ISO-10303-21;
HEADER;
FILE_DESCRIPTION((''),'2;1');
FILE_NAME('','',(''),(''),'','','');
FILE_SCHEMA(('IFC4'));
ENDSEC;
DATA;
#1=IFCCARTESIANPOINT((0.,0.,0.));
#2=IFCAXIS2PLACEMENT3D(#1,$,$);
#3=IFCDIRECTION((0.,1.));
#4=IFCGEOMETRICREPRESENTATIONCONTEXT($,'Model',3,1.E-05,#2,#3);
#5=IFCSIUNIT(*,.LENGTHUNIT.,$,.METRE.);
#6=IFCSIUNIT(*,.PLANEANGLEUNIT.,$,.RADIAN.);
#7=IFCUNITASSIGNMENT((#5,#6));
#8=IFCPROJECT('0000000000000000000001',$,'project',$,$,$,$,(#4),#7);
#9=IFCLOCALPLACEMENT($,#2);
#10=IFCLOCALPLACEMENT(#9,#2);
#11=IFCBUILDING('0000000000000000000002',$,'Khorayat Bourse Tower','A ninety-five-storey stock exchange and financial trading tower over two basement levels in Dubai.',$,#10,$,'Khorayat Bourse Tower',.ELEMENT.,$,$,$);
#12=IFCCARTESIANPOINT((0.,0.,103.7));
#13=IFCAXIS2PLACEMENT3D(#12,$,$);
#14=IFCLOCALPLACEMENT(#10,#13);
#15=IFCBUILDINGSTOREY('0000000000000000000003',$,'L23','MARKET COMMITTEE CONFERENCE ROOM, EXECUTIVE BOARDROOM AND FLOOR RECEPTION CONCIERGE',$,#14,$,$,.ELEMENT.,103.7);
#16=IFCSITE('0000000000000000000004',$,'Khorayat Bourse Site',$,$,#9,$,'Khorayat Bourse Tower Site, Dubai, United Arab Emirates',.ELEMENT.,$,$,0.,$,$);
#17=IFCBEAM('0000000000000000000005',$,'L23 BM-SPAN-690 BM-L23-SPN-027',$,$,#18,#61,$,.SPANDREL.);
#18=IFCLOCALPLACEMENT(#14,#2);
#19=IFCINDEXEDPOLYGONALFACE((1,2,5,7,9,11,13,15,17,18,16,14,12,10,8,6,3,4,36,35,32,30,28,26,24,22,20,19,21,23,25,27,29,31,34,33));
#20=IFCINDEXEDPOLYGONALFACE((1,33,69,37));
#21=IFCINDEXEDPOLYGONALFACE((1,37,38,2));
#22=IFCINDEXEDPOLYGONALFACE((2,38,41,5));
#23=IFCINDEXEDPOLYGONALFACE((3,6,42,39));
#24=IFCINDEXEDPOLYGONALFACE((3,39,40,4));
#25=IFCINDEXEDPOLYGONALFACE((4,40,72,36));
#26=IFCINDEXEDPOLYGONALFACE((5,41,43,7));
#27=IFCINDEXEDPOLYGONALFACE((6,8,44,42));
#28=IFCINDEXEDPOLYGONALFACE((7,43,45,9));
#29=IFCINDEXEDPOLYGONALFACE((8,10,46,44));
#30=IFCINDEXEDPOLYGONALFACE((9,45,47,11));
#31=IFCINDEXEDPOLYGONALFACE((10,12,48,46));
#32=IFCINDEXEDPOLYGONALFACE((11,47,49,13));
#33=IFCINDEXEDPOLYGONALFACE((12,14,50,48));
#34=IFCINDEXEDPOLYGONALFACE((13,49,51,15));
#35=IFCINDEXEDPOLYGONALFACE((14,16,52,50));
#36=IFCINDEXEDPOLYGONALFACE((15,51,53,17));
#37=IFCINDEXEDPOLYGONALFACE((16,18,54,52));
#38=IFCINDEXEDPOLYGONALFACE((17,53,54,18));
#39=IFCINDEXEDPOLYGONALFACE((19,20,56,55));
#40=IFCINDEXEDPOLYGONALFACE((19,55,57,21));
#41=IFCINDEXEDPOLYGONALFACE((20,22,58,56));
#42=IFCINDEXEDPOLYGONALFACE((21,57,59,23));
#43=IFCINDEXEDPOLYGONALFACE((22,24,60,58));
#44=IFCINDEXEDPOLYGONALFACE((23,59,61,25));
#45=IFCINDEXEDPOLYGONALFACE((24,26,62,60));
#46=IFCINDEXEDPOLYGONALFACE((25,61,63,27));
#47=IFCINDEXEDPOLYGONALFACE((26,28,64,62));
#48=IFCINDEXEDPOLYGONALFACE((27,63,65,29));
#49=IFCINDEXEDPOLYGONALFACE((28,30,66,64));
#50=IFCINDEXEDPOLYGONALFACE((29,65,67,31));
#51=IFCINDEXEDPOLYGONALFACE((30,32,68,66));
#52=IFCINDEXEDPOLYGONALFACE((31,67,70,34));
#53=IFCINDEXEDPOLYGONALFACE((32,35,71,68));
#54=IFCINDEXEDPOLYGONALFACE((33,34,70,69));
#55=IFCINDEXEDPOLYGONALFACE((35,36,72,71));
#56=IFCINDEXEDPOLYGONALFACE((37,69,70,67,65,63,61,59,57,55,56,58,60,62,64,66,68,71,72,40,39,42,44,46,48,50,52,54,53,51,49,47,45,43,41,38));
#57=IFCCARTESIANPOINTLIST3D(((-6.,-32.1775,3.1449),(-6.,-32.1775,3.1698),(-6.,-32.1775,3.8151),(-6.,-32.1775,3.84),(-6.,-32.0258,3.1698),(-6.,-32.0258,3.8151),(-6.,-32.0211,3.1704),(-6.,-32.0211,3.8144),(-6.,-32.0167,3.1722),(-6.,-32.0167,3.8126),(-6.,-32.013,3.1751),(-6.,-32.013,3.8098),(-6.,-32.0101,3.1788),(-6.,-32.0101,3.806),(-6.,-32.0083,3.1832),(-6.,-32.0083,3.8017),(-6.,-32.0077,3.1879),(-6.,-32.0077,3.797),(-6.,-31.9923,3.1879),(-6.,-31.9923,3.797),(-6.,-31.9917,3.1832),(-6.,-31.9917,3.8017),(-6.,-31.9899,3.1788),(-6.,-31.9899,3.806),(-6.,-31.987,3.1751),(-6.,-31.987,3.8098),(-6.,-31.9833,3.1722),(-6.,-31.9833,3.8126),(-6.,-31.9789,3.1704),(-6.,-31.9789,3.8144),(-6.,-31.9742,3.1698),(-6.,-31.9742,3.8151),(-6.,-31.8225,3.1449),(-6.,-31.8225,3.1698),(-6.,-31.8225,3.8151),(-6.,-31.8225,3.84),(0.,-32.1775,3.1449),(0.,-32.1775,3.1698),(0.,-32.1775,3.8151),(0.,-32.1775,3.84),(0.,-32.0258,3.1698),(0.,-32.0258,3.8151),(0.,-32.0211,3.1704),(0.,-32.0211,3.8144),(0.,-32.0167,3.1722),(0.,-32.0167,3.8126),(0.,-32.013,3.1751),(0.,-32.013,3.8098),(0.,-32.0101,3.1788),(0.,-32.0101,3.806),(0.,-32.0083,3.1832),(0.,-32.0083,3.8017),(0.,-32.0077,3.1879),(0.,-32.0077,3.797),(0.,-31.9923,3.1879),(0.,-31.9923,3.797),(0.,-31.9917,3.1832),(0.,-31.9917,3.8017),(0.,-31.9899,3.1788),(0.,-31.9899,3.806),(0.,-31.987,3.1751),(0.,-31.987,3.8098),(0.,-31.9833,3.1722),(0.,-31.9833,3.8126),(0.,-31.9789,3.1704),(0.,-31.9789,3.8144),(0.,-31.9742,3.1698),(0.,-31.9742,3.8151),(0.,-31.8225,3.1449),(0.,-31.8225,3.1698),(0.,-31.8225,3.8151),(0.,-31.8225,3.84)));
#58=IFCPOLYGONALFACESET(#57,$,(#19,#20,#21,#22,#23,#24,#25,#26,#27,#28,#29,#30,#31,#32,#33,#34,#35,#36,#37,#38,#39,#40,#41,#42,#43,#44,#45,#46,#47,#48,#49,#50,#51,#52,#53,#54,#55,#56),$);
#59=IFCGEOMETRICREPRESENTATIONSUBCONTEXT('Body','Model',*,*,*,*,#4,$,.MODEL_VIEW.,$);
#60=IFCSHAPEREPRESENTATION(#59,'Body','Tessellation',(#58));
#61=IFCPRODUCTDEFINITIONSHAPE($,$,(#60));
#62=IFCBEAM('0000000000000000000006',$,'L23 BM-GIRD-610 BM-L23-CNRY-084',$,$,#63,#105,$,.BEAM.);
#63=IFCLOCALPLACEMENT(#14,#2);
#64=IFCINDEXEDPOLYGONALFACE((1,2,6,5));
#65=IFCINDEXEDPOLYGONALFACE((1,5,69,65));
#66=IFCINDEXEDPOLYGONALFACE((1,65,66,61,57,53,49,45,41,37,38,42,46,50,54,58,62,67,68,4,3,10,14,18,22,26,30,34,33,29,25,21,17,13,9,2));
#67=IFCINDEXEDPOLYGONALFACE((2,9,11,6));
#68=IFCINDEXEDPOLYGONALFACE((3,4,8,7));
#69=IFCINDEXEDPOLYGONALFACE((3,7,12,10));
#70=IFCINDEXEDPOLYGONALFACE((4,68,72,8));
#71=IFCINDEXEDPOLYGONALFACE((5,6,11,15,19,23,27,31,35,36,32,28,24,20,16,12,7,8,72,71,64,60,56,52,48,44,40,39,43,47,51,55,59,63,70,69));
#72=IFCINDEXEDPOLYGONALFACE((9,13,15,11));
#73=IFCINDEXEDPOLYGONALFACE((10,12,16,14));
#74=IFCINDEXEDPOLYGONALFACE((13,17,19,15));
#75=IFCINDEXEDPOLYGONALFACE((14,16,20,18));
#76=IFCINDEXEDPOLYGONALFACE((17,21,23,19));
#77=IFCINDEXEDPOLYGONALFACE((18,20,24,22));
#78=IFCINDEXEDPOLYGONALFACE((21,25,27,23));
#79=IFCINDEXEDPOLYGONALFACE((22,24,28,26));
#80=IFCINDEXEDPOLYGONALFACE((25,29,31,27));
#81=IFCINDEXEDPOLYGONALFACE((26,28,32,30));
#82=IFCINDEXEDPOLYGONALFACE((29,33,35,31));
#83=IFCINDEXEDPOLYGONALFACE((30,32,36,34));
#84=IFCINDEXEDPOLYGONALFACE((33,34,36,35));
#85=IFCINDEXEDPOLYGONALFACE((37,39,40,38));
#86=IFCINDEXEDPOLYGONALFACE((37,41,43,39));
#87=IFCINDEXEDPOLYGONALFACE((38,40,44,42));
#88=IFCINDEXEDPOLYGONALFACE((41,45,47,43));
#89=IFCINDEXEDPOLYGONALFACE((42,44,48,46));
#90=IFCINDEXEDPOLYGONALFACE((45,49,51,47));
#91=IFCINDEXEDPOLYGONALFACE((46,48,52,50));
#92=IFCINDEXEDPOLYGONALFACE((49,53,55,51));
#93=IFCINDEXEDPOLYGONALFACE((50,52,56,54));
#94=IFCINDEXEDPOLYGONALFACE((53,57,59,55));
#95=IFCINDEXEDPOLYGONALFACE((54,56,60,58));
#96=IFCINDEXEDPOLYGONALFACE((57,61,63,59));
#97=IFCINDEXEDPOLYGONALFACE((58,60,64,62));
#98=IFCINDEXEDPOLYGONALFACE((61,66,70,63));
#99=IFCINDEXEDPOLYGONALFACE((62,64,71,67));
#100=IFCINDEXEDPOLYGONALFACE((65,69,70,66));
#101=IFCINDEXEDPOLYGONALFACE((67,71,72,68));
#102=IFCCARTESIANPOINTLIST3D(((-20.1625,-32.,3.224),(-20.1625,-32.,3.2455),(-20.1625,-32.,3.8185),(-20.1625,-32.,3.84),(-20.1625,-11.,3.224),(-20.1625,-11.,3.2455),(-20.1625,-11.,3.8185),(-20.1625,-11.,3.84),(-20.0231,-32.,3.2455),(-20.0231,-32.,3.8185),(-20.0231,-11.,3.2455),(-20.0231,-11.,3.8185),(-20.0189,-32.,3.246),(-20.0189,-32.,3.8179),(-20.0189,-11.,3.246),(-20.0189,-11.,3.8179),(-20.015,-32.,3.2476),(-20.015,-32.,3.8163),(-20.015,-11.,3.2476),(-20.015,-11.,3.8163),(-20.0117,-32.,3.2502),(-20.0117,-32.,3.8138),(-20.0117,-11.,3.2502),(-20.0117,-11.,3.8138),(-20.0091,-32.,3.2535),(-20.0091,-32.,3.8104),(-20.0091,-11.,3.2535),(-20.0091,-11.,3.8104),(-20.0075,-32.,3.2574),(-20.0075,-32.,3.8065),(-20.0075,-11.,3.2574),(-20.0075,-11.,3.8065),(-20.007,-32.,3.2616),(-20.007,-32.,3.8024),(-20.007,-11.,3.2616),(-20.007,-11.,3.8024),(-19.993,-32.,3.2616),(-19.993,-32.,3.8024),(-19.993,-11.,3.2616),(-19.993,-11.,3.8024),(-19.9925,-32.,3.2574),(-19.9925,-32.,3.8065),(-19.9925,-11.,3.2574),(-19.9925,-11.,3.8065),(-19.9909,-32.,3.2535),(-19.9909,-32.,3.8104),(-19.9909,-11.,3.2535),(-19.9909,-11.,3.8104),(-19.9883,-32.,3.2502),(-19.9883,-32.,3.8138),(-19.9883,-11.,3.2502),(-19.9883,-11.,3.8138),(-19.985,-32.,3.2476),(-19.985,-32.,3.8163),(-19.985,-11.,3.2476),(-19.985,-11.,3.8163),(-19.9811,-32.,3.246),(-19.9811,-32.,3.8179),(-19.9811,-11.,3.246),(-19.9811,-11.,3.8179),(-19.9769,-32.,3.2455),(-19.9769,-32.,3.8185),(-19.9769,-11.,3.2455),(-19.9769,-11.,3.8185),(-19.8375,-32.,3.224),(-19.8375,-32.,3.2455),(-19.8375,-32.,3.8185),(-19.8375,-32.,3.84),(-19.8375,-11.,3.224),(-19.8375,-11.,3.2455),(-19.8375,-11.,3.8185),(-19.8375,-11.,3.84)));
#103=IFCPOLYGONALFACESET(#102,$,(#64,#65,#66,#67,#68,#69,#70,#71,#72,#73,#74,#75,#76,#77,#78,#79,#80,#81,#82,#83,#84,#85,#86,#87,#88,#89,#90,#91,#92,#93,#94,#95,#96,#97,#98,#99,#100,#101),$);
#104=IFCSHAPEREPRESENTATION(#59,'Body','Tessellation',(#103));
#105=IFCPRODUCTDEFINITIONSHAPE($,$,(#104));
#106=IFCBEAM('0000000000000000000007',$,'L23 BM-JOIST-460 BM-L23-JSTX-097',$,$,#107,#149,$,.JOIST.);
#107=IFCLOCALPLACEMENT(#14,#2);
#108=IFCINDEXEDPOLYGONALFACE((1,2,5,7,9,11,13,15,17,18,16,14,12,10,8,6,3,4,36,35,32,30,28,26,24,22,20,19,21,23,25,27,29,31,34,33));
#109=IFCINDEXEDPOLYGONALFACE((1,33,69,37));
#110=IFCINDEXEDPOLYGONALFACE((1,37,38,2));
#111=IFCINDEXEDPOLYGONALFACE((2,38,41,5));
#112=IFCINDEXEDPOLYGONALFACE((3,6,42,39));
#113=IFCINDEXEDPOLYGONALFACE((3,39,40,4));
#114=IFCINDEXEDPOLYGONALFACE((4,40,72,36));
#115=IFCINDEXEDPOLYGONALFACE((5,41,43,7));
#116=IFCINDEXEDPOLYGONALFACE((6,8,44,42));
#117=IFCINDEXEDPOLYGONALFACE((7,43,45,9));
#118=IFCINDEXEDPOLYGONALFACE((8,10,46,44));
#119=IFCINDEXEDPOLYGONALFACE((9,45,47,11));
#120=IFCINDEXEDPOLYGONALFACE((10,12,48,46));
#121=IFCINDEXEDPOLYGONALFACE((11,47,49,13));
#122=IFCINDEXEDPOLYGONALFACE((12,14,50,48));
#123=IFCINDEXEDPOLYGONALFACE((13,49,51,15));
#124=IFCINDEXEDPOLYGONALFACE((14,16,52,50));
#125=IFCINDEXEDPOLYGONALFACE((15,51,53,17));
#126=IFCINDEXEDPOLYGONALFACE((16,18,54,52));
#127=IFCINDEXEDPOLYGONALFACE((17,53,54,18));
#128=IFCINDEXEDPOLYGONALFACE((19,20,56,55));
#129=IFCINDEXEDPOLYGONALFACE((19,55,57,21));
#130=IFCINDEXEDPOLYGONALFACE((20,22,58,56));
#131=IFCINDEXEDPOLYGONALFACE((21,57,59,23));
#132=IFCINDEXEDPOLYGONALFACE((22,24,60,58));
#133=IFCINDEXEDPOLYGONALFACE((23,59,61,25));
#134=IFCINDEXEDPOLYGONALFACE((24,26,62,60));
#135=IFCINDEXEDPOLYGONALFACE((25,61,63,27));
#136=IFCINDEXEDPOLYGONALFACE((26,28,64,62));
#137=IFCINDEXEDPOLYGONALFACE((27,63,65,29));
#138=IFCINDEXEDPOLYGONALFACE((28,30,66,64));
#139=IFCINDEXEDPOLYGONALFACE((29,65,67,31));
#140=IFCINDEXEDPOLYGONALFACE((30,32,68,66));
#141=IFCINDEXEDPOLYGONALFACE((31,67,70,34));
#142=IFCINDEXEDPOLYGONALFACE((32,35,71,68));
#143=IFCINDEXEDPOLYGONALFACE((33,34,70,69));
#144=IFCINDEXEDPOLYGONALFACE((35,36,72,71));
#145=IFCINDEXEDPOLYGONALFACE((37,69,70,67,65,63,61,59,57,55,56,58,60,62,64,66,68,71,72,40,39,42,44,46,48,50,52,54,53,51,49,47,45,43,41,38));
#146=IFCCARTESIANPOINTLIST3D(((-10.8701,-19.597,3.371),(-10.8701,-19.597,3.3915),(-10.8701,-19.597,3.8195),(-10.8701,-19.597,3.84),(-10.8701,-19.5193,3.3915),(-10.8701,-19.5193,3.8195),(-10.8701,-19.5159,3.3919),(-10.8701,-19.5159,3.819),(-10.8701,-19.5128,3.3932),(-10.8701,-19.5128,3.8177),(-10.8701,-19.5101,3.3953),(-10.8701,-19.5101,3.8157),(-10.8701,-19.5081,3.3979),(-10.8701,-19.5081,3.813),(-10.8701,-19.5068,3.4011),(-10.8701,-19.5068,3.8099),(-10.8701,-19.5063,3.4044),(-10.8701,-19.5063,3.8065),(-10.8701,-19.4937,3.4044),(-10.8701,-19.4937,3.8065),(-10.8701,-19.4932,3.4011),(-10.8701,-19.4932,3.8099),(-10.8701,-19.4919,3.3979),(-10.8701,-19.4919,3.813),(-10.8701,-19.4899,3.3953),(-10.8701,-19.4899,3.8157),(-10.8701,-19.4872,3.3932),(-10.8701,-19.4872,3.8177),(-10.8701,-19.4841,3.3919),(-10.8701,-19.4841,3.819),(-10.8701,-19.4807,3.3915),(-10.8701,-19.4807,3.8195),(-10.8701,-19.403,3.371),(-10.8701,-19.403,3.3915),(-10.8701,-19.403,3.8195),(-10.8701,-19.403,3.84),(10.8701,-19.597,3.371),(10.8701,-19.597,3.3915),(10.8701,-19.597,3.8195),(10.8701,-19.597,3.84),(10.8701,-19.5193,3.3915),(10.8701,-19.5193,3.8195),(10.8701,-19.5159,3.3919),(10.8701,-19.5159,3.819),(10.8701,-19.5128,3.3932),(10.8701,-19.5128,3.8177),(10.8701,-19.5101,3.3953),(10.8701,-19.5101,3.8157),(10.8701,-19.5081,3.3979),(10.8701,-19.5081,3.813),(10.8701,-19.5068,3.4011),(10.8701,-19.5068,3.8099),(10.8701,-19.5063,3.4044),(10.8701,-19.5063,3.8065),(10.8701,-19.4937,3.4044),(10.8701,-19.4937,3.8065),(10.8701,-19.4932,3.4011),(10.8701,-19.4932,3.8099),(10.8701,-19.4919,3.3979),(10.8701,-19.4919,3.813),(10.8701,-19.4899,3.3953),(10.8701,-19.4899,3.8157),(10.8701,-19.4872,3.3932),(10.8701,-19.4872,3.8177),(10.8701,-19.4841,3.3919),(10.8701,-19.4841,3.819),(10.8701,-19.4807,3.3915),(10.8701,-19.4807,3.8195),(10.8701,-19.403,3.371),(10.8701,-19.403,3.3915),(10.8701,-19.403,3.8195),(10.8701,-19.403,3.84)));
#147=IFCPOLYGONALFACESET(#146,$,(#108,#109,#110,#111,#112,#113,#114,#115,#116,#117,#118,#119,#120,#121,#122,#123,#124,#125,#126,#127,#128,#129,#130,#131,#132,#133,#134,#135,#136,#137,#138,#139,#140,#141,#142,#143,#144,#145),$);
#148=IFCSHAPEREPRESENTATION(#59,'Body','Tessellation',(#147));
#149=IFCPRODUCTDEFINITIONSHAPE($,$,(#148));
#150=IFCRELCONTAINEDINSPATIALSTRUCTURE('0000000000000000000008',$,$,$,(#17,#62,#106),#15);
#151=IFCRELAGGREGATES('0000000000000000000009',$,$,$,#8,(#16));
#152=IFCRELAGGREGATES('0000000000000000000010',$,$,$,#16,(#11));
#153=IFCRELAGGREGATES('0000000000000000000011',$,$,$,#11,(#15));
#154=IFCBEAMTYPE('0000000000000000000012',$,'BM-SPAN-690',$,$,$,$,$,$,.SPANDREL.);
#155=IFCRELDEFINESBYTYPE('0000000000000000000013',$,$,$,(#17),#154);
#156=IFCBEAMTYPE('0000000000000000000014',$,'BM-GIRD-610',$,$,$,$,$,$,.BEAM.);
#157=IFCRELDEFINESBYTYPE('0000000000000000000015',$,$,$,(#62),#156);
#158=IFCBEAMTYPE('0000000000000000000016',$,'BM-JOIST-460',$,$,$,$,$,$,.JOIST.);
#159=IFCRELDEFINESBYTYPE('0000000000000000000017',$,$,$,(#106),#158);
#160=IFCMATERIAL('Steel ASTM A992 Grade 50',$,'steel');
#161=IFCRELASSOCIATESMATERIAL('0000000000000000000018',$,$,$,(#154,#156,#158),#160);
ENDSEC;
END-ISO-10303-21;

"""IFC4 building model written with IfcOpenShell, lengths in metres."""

from ifc_helpers import new_model, si_unit, direction, frame, origin, origin_2d, place, context, subcontext, project, spatial, i_section, extrude, source, transform, mapped, material, material_profile, profile_set, type_object, element, save


model = new_model("IFC4")

# Units and contexts
model_context = context("Model", 3, precision=1e-05, world=origin(), true_north=direction((0.0, 1.0)))
body_context = subcontext(model_context, "Body", "Model", "MODEL_VIEW")
ifc_project = project(units=[si_unit("LENGTHUNIT", "METRE"), si_unit("PLANEANGLEUNIT", "RADIAN")], contexts=[model_context])

# Site, building, storey
site_placement = place(None, origin())
site = spatial("IfcSite", under=ifc_project, at=site_placement, Name="Khorayat Bourse Site", LongName="Khorayat Bourse Tower Site, Dubai, United Arab Emirates", CompositionType="ELEMENT", RefElevation=0.0)
building_placement = place(site_placement, origin())
building = spatial("IfcBuilding", under=site, at=building_placement, Name="Khorayat Bourse Tower", Description="A ninety-five-storey stock exchange and financial trading tower over two basement levels in Dubai.", LongName="Khorayat Bourse Tower", CompositionType="ELEMENT")
storey_placement = place(building_placement, frame((0.0, 0.0, 103.7)))
storey = spatial("IfcBuildingStorey", under=building, at=storey_placement, Name="L23", Description="MARKET COMMITTEE CONFERENCE ROOM, EXECUTIVE BOARDROOM AND FLOOR RECEPTION CONCIERGE", CompositionType="ELEMENT", Elevation=103.7)

# Beams
ifc_material_1 = material(Name="Steel ASTM A992 Grade 50", Category="steel")
ifc_material_profile_1 = material_profile(ifc_material_1, i_section(OverallWidth=0.355, OverallDepth=0.6951, WebThickness=0.0154, FlangeThickness=0.0249, FilletRadius=0.0181, at=origin_2d()), Name="W690X217")
ifc_profile_set_1 = profile_set([ifc_material_profile_1], Name="Steel ASTM A992 Grade 50")
beam_type_1 = type_object("IfcBeamType", Name="BM-SPAN-690", PredefinedType="SPANDREL", material=ifc_profile_set_1)
shared_shape_1 = source(origin(), body_context, "Body", "SweptSolid", [
    extrude(i_section(OverallWidth=0.355, OverallDepth=0.6951, WebThickness=0.0154, FlangeThickness=0.0249, FilletRadius=0.0181, at=origin_2d()), origin(), (0.0, 0.0, 1.0), 6.0),
])
beam_1_placement = place(storey_placement, frame((-6.0, -32.0, 3.4924), z_axis=(1.0, 0.0, 0.0), x_axis=(0.0, 1.0, 0.0)))
element("IfcBeam", 1, at=beam_1_placement, inside=storey, type_object=beam_type_1, Name="L23 BM-SPAN-690 BM-L23-SPN-027", PredefinedType="SPANDREL", context=body_context, shape_type="MappedRepresentation", body=[
    mapped(shared_shape_1, transform((0.0, 0.0, 0.0), scale=1.0)),
])
ifc_material_profile_2 = material_profile(ifc_material_1, i_section(OverallWidth=0.325, OverallDepth=0.616, WebThickness=0.0139, FlangeThickness=0.0215, FilletRadius=0.0161, at=origin_2d()), Name="W610X174")
ifc_profile_set_2 = profile_set([ifc_material_profile_2], Name="Steel ASTM A992 Grade 50")
beam_type_2 = type_object("IfcBeamType", Name="BM-GIRD-610", PredefinedType="BEAM", material=ifc_profile_set_2)
shared_shape_2 = source(origin(), body_context, "Body", "SweptSolid", [
    extrude(i_section(OverallWidth=0.325, OverallDepth=0.616, WebThickness=0.0139, FlangeThickness=0.0215, FilletRadius=0.0161, at=origin_2d()), origin(), (0.0, 0.0, 1.0), 21.0),
])
beam_2_placement = place(storey_placement, frame((-20.0, -32.0, 3.532), z_axis=(0.0, 1.0, 0.0), x_axis=(-1.0, 0.0, 0.0)))
element("IfcBeam", 2, at=beam_2_placement, inside=storey, type_object=beam_type_2, Name="L23 BM-GIRD-610 BM-L23-CNRY-084", PredefinedType="BEAM", context=body_context, shape_type="MappedRepresentation", body=[
    mapped(shared_shape_2, transform((0.0, 0.0, 0.0), scale=1.0)),
])
ifc_material_profile_3 = material_profile(ifc_material_1, i_section(OverallWidth=0.1941, OverallDepth=0.469, WebThickness=0.0127, FlangeThickness=0.0205, FilletRadius=0.0129, at=origin_2d()), Name="W460X106")
ifc_profile_set_3 = profile_set([ifc_material_profile_3], Name="Steel ASTM A992 Grade 50")
beam_type_3 = type_object("IfcBeamType", Name="BM-JOIST-460", PredefinedType="JOIST", material=ifc_profile_set_3)
shared_shape_3 = source(origin(), body_context, "Body", "SweptSolid", [
    extrude(i_section(OverallWidth=0.1941, OverallDepth=0.469, WebThickness=0.0127, FlangeThickness=0.0205, FilletRadius=0.0129, at=origin_2d()), origin(), (0.0, 0.0, 1.0), 21.7402),
])
beam_3_placement = place(storey_placement, frame((-10.8701, -19.5, 3.6055), z_axis=(1.0, 0.0, 0.0), x_axis=(0.0, 1.0, 0.0)))
element("IfcBeam", 3, at=beam_3_placement, inside=storey, type_object=beam_type_3, Name="L23 BM-JOIST-460 BM-L23-JSTX-097", PredefinedType="JOIST", context=body_context, shape_type="MappedRepresentation", body=[
    mapped(shared_shape_3, transform((0.0, 0.0, 0.0), scale=1.0)),
])

save(model, "model.ifc")
